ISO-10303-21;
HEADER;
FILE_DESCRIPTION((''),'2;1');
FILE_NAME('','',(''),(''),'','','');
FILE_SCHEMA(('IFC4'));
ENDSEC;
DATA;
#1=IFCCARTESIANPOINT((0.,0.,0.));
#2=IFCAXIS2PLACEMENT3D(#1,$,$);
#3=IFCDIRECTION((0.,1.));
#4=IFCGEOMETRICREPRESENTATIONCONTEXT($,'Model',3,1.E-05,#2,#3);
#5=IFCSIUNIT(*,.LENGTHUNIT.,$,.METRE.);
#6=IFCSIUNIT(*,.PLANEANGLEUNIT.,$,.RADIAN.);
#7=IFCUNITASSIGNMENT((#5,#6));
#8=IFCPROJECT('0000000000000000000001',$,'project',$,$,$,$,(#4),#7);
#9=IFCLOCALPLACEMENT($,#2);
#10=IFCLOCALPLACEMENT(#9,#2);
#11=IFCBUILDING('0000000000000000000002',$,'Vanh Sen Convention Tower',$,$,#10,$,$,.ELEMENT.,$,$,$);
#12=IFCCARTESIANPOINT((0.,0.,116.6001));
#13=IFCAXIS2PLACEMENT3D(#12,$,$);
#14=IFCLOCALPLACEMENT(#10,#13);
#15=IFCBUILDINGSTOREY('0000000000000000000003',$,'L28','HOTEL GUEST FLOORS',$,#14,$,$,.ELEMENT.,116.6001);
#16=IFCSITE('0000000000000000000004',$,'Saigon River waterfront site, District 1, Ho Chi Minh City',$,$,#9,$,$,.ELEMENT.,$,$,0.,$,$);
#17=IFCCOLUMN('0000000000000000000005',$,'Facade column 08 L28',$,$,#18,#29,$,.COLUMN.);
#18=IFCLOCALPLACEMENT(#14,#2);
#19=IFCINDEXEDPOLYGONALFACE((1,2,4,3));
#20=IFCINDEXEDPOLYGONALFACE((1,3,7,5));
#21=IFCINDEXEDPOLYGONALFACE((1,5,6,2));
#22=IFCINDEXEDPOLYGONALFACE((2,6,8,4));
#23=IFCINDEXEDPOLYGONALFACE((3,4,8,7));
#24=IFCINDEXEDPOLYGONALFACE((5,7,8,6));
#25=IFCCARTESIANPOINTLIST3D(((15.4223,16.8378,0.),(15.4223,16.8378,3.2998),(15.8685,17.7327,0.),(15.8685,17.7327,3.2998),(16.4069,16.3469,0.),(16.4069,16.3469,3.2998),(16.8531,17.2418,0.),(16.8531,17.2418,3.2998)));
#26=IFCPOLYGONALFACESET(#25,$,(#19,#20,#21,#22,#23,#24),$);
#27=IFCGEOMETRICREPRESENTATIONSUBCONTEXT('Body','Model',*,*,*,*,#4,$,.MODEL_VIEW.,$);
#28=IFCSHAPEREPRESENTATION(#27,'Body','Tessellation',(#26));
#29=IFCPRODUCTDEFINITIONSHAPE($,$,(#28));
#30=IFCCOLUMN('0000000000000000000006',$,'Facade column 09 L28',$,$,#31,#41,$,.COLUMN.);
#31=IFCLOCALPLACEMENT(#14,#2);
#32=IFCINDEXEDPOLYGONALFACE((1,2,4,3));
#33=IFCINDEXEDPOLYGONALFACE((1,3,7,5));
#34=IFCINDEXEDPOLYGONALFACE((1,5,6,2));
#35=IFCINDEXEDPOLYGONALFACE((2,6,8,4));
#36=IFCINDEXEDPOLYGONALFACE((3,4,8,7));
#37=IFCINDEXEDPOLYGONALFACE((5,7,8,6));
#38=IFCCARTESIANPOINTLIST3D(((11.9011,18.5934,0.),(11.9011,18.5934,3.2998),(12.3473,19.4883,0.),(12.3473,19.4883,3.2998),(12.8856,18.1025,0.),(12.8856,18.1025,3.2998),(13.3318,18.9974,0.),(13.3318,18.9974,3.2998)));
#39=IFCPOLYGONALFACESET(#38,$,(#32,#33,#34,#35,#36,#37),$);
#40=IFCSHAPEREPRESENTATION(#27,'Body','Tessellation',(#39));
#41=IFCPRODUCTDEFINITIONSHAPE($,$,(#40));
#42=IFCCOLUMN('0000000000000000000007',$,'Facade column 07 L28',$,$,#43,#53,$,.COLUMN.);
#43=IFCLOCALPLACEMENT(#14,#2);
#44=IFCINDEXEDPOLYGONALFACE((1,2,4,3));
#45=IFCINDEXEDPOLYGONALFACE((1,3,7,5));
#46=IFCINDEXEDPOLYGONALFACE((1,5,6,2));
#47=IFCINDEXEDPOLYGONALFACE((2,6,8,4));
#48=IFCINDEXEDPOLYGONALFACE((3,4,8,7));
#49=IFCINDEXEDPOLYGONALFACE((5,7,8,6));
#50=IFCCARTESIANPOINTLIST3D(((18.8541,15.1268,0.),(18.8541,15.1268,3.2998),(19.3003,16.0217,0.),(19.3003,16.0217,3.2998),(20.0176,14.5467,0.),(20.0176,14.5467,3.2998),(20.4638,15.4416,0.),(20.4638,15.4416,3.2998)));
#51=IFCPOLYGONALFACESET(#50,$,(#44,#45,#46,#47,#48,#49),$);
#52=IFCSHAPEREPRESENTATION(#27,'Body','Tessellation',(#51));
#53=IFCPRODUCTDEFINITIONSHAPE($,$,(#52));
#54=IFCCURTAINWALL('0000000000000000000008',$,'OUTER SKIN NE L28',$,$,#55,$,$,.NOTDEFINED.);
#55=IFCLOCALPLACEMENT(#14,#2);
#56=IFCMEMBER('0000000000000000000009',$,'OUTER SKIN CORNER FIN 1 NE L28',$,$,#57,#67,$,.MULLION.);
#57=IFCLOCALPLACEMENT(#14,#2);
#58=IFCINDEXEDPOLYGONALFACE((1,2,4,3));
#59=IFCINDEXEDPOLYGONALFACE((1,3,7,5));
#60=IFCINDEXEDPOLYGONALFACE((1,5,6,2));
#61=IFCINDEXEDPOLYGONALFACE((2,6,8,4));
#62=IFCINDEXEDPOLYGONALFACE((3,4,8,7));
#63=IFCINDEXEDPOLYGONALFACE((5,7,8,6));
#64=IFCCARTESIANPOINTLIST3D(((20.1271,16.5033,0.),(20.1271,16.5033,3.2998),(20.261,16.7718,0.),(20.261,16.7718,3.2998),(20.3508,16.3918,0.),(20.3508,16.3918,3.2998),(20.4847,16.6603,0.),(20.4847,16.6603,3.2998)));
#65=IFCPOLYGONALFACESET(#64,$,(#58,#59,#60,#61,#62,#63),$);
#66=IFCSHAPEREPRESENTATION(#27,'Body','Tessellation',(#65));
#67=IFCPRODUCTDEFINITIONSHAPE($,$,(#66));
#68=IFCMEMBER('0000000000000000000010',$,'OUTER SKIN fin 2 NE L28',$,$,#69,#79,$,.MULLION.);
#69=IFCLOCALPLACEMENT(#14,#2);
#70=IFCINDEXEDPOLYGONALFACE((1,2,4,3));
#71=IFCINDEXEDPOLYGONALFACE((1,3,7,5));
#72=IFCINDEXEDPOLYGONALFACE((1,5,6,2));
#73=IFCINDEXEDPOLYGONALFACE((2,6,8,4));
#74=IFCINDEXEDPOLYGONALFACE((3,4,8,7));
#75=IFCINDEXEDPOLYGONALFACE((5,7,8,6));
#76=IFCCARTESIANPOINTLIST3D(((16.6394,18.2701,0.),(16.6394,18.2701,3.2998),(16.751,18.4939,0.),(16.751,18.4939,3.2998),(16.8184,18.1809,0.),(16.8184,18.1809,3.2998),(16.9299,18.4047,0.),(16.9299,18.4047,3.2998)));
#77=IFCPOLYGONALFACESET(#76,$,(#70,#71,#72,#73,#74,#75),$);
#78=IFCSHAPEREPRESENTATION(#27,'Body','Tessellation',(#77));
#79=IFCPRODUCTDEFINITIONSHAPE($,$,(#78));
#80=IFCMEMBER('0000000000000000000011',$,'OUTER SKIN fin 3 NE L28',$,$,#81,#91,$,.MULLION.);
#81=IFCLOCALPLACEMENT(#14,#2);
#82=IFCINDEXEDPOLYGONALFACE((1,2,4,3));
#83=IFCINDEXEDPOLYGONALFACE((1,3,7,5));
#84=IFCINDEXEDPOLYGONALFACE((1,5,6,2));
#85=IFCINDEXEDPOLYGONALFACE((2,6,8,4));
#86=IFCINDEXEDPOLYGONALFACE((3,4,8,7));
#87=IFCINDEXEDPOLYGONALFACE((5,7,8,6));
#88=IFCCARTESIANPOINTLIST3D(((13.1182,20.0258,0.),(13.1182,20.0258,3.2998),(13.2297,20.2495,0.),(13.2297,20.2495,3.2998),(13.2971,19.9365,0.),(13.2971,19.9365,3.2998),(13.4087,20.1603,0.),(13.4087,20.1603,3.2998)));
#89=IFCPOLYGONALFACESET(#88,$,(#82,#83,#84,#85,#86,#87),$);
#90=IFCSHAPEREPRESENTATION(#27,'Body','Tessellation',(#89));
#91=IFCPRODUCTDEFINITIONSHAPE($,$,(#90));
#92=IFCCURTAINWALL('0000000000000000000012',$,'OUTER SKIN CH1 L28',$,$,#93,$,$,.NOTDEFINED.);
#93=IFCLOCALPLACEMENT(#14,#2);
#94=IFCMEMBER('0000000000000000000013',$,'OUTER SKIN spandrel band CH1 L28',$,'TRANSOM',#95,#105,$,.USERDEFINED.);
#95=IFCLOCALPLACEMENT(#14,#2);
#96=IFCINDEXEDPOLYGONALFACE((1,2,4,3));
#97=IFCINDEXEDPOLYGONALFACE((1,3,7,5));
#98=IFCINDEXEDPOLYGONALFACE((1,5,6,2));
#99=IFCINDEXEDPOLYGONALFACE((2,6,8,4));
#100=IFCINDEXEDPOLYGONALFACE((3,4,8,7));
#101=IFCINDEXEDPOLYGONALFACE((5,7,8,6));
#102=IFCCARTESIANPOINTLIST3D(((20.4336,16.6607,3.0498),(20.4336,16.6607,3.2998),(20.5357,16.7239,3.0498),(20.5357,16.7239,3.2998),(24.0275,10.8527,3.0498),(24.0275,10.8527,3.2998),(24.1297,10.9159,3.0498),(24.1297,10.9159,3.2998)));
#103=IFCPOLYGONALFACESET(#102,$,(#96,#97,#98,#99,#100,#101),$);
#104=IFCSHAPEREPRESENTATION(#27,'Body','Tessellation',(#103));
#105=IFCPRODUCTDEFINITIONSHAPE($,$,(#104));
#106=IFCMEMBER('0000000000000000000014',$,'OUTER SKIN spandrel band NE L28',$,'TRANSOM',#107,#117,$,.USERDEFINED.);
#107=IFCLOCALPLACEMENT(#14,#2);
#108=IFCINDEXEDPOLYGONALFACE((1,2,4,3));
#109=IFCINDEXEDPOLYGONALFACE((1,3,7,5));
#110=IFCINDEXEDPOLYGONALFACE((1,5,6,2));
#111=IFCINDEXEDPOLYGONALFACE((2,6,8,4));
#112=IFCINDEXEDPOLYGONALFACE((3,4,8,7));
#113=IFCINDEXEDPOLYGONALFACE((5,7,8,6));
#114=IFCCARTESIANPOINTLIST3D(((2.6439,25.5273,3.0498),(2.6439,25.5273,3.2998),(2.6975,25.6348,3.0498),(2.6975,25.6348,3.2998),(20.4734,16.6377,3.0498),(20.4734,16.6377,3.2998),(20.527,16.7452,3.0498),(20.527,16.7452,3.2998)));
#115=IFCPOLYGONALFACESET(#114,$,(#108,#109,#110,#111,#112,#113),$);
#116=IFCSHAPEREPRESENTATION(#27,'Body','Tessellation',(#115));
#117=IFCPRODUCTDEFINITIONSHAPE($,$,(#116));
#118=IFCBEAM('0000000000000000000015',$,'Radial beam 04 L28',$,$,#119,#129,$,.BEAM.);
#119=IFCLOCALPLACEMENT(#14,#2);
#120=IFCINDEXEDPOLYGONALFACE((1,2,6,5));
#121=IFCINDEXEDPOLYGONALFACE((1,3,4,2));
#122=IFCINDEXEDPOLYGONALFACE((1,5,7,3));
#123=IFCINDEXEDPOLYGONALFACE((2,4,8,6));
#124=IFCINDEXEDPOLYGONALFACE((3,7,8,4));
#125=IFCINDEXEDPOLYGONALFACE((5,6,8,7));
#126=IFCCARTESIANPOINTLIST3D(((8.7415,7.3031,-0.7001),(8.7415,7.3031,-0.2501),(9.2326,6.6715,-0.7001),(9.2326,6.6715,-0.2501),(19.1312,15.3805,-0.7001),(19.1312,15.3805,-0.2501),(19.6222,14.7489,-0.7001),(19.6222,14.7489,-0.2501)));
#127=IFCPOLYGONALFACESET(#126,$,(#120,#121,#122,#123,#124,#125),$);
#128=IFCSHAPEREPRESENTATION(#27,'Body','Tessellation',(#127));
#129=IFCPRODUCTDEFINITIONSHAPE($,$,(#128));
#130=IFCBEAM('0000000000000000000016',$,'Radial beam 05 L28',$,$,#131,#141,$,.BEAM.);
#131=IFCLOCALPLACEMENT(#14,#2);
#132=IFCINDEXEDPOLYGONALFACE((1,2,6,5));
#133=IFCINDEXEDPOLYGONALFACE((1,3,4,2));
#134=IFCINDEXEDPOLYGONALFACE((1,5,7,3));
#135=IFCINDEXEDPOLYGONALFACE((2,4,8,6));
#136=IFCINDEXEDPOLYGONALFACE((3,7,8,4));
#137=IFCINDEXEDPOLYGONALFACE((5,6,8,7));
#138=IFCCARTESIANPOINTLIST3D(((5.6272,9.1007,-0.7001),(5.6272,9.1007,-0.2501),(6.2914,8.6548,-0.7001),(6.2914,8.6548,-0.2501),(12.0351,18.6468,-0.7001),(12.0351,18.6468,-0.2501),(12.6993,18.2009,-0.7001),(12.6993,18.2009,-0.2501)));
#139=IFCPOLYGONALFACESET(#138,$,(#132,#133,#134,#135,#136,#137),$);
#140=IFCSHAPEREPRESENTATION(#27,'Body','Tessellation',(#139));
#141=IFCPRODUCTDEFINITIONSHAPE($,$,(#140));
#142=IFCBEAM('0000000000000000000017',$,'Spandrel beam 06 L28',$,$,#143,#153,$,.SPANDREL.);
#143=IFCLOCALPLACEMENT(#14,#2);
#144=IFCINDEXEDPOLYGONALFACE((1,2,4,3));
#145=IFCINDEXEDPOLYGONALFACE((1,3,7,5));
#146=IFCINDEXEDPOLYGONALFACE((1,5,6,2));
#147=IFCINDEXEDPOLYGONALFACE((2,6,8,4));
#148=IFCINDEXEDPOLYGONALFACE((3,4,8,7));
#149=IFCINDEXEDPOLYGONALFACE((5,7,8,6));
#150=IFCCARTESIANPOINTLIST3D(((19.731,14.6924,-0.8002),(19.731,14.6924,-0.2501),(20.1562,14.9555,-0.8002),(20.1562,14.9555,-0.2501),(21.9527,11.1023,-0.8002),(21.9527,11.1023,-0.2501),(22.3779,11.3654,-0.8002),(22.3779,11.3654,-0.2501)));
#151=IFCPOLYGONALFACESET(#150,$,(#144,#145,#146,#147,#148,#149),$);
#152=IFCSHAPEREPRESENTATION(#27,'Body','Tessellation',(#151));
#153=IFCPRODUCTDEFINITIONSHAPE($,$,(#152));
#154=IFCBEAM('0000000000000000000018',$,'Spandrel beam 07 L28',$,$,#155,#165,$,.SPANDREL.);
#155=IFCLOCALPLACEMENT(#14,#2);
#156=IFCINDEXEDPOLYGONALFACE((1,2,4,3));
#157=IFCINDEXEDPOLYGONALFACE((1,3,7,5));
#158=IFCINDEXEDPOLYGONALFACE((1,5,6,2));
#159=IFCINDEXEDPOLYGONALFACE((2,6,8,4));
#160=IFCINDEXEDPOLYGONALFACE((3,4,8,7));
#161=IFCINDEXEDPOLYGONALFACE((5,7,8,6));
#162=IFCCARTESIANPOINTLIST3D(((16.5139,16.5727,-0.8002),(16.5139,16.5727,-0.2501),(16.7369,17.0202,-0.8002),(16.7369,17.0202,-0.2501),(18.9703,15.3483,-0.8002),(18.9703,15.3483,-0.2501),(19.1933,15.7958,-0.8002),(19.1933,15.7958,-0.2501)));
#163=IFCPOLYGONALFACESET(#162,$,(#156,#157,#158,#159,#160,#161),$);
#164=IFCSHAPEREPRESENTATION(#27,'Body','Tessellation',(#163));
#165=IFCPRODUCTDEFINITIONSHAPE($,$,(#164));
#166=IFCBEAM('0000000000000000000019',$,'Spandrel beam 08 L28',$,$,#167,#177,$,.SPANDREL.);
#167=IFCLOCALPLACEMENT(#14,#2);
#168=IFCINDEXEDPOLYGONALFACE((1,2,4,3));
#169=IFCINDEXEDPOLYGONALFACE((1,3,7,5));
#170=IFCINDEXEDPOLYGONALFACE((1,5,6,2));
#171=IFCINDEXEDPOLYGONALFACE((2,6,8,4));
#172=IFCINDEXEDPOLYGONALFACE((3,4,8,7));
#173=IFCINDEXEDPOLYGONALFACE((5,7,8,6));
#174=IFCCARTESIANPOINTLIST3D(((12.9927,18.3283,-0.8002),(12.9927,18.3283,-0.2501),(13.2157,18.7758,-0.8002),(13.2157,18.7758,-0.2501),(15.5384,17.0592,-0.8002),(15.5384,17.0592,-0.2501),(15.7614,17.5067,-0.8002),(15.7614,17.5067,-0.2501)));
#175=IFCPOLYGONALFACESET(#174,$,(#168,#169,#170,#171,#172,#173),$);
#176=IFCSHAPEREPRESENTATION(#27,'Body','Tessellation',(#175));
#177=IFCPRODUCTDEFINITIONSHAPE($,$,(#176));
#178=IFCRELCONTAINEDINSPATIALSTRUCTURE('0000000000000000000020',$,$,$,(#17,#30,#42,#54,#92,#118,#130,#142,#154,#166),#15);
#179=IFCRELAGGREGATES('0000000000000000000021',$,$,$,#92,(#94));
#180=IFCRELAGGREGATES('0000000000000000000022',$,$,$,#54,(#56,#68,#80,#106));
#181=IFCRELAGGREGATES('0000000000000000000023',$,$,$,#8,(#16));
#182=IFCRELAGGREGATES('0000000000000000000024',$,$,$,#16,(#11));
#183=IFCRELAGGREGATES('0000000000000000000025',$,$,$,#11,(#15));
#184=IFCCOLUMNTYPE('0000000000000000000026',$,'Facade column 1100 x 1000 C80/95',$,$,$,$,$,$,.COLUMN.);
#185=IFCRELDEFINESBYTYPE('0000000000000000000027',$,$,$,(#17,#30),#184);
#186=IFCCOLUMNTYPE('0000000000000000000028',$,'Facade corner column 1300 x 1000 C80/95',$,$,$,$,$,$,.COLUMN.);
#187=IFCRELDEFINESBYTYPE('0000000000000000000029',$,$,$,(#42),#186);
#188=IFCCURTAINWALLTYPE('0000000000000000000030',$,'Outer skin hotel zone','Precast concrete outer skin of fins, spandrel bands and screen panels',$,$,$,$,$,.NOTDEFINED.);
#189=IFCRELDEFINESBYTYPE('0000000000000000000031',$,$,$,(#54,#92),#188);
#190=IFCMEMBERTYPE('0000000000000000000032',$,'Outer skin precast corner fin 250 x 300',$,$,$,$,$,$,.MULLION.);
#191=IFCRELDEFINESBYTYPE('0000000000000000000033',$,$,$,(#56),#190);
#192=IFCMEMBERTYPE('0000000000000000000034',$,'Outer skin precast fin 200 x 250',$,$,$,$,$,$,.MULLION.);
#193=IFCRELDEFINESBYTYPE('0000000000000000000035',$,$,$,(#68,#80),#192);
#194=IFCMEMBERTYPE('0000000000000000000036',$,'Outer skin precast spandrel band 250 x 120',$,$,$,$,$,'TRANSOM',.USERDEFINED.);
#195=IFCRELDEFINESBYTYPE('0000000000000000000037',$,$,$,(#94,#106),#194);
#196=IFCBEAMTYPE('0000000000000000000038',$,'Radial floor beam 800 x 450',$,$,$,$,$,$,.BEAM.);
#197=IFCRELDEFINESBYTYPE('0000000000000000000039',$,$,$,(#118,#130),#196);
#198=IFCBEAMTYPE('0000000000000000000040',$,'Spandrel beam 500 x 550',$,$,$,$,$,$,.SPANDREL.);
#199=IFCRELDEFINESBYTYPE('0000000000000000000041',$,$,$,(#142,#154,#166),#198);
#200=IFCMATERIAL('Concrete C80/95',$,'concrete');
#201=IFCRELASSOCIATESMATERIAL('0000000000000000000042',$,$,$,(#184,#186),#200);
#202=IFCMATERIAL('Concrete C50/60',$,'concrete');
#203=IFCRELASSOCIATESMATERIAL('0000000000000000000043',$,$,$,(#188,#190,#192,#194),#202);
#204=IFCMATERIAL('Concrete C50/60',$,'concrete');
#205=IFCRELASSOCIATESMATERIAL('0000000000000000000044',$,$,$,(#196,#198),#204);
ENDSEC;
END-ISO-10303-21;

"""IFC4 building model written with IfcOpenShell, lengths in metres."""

from ifc_helpers import new_model, si_unit, direction, frame, origin, origin_2d, place, context, subcontext, project, spatial, rectangle, extrude, material, material_profile, profile_set, type_object, element, aggregate, save


model = new_model("IFC4")

# Units and contexts
model_context = context("Model", 3, precision=1e-05, world=origin(), true_north=direction((0.0, 1.0)))
body_context = subcontext(model_context, "Body", "Model", "MODEL_VIEW")
ifc_project = project(units=[si_unit("LENGTHUNIT", "METRE"), si_unit("PLANEANGLEUNIT", "RADIAN")], contexts=[model_context])

# Site, building, storey
site_placement = place(None, origin())
site = spatial("IfcSite", under=ifc_project, at=site_placement, Name="Saigon River waterfront site, District 1, Ho Chi Minh City", CompositionType="ELEMENT", RefElevation=0.0)
building_placement = place(site_placement, origin())
building = spatial("IfcBuilding", under=site, at=building_placement, Name="Vanh Sen Convention Tower", CompositionType="ELEMENT")
storey_placement = place(building_placement, frame((0.0, 0.0, 116.6001)))
storey = spatial("IfcBuildingStorey", under=building, at=storey_placement, Name="L28", Description="HOTEL GUEST FLOORS", CompositionType="ELEMENT", Elevation=116.6001)

# Columns
ifc_material_1 = material(Name="Concrete C80/95", Category="concrete")
ifc_material_profile_1 = material_profile(ifc_material_1, rectangle(XDim=1.1001, YDim=1.0, at=origin_2d()), Name="RC 1100X1000")
ifc_profile_set_1 = profile_set([ifc_material_profile_1], Name="Concrete C80/95")
column_type_1 = type_object("IfcColumnType", Name="Facade column 1100 x 1000 C80/95", PredefinedType="COLUMN", material=ifc_profile_set_1)
for number, where, z_axis, x_axis, name in (
    (1, (16.1377, 17.0398, 0.0), (0.0, 0.0, 1.0), (-0.894934, 0.446198, 0.0), "Facade column 08 L28"),
    (2, (12.6165, 18.7954, 0.0), (0.0, 0.0, 1.0), (-0.894934, 0.446198, 0.0), "Facade column 09 L28"),
):
    element("IfcColumn", number, at=place(storey_placement, frame(where, z_axis=z_axis, x_axis=x_axis)), inside=storey, type_object=column_type_1, Name=name, PredefinedType="COLUMN", context=body_context, shape_type="SweptSolid", body=[
        extrude(rectangle(XDim=1.1001, YDim=1.0, at=origin_2d()), origin(), (0.0, 0.0, 1.0), 3.2998),
    ])
ifc_material_profile_2 = material_profile(ifc_material_1, rectangle(XDim=1.3, YDim=1.0, at=origin_2d()), Name="RC 1300X1000")
ifc_profile_set_2 = profile_set([ifc_material_profile_2], Name="Concrete C80/95")
column_type_2 = type_object("IfcColumnType", Name="Facade corner column 1300 x 1000 C80/95", PredefinedType="COLUMN", material=ifc_profile_set_2)
column_placement = place(storey_placement, frame((19.6589, 15.2842, 0.0), z_axis=(0.0, 0.0, 1.0), x_axis=(-0.894934, 0.446198, 0.0)))
element("IfcColumn", 3, at=column_placement, inside=storey, type_object=column_type_2, Name="Facade column 07 L28", PredefinedType="COLUMN", context=body_context, shape_type="SweptSolid", body=[
    extrude(rectangle(XDim=1.3, YDim=1.0, at=origin_2d()), origin(), (0.0, 0.0, 1.0), 3.2998),
])

# Curtain wall, members
ifc_material_2 = material(Name="Concrete C50/60", Category="concrete")
curtain_wall_type = type_object("IfcCurtainWallType", Name="Outer skin hotel zone", Description="Precast concrete outer skin of fins, spandrel bands and screen panels", PredefinedType="NOTDEFINED", material=ifc_material_2)
curtain_wall_1_placement = place(storey_placement, origin())
curtain_wall_1 = element("IfcCurtainWall", 4, at=curtain_wall_1_placement, inside=storey, type_object=curtain_wall_type, Name="OUTER SKIN NE L28", PredefinedType="NOTDEFINED")
ifc_material_profile_3 = material_profile(ifc_material_2, rectangle(XDim=0.25, YDim=0.3, at=origin_2d()), Name="Outer skin precast corner fin 250 x 300")
ifc_profile_set_3 = profile_set([ifc_material_profile_3], Name="Concrete C50/60")
member_type_1 = type_object("IfcMemberType", Name="Outer skin precast corner fin 250 x 300", PredefinedType="MULLION", material=ifc_profile_set_3)
member_1_placement = place(storey_placement, frame((20.3059, 16.5818, 0.0), z_axis=(0.0, 0.0, 1.0), x_axis=(-0.894934, 0.446198, 0.0)))
member_1 = element("IfcMember", 5, at=member_1_placement, type_object=member_type_1, Name="OUTER SKIN CORNER FIN 1 NE L28", PredefinedType="MULLION", context=body_context, shape_type="SweptSolid", body=[
    extrude(rectangle(XDim=0.25, YDim=0.3, at=origin_2d()), origin(), (0.0, 0.0, 1.0), 3.2998),
])
ifc_material_profile_4 = material_profile(ifc_material_2, rectangle(XDim=0.2, YDim=0.25, at=origin_2d()), Name="Outer skin precast fin 200 x 250")
ifc_profile_set_4 = profile_set([ifc_material_profile_4], Name="Concrete C50/60")
member_type_2 = type_object("IfcMemberType", Name="Outer skin precast fin 200 x 250", PredefinedType="MULLION", material=ifc_profile_set_4)
member_2_placement = place(storey_placement, frame((16.7847, 18.3374, 0.0), z_axis=(0.0, 0.0, 1.0), x_axis=(-0.894934, 0.446198, 0.0)))
member_2 = element("IfcMember", 6, at=member_2_placement, type_object=member_type_2, Name="OUTER SKIN fin 2 NE L28", PredefinedType="MULLION", context=body_context, shape_type="SweptSolid", body=[
    extrude(rectangle(XDim=0.2, YDim=0.25, at=origin_2d()), origin(), (0.0, 0.0, 1.0), 3.2998),
])
member_3_placement = place(storey_placement, frame((13.2634, 20.093, 0.0), z_axis=(0.0, 0.0, 1.0), x_axis=(-0.894934, 0.446198, 0.0)))
member_3 = element("IfcMember", 7, at=member_3_placement, type_object=member_type_2, Name="OUTER SKIN fin 3 NE L28", PredefinedType="MULLION", context=body_context, shape_type="SweptSolid", body=[
    extrude(rectangle(XDim=0.2, YDim=0.25, at=origin_2d()), origin(), (0.0, 0.0, 1.0), 3.2998),
])

# Curtain wall, member
curtain_wall_2_placement = place(storey_placement, origin())
curtain_wall_2 = element("IfcCurtainWall", 8, at=curtain_wall_2_placement, inside=storey, type_object=curtain_wall_type, Name="OUTER SKIN CH1 L28", PredefinedType="NOTDEFINED")
ifc_material_profile_5 = material_profile(ifc_material_2, rectangle(XDim=0.1201, YDim=0.25, at=origin_2d()), Name="Outer skin precast spandrel band 250 x 120")
ifc_profile_set_5 = profile_set([ifc_material_profile_5], Name="Concrete C50/60")
member_type_3 = type_object("IfcMemberType", Name="Outer skin precast spandrel band 250 x 120", ElementType="TRANSOM", PredefinedType="USERDEFINED", material=ifc_profile_set_5)
member_4_placement = place(storey_placement, frame((24.0786, 10.8843, 3.1748), z_axis=(-0.526196, 0.850363, 0.0), x_axis=(-0.850363, -0.526196, 0.0)))
member_4 = element("IfcMember", 9, at=member_4_placement, type_object=member_type_3, Name="OUTER SKIN spandrel band CH1 L28", ObjectType="TRANSOM", PredefinedType="USERDEFINED", context=body_context, shape_type="SweptSolid", body=[
    extrude(rectangle(XDim=0.1201, YDim=0.25, at=origin_2d()), origin(), (0.0, 0.0, 1.0), 6.8301),
])

# Member
member_5_placement = place(storey_placement, frame((20.5002, 16.6914, 3.1748), z_axis=(-0.894931, 0.446204, 0.0), x_axis=(-0.446204, -0.894931, 0.0)))
member_5 = element("IfcMember", 10, at=member_5_placement, type_object=member_type_3, Name="OUTER SKIN spandrel band NE L28", ObjectType="TRANSOM", PredefinedType="USERDEFINED", context=body_context, shape_type="SweptSolid", body=[
    extrude(rectangle(XDim=0.1201, YDim=0.25, at=origin_2d()), origin(), (0.0, 0.0, 1.0), 19.9229),
])

# Beams
ifc_material_3 = material(Name="Concrete C50/60", Category="concrete")
ifc_material_profile_6 = material_profile(ifc_material_3, rectangle(XDim=0.8, YDim=0.45, at=origin_2d()), Name="RC 800X450")
ifc_profile_set_6 = profile_set([ifc_material_profile_6], Name="Concrete C50/60")
beam_type_1 = type_object("IfcBeamType", Name="Radial floor beam 800 x 450", PredefinedType="BEAM", material=ifc_profile_set_6)
beam_1_placement = place(storey_placement, frame((19.3767, 15.0647, -0.4751), z_axis=(-0.789479, -0.613777, 0.0), x_axis=(0.613777, -0.789479, 0.0)))
element("IfcBeam", 11, at=beam_1_placement, inside=storey, type_object=beam_type_1, Name="Radial beam 04 L28", PredefinedType="BEAM", context=body_context, shape_type="SweptSolid", body=[
    extrude(rectangle(XDim=0.8, YDim=0.45, at=origin_2d()), origin(), (0.0, 0.0, 1.0), 13.1602),
])
beam_2_placement = place(storey_placement, frame((12.3672, 18.4238, -0.4751), z_axis=(-0.557339, -0.830285, 0.0), x_axis=(0.830285, -0.557339, 0.0)))
element("IfcBeam", 12, at=beam_2_placement, inside=storey, type_object=beam_type_1, Name="Radial beam 05 L28", PredefinedType="BEAM", context=body_context, shape_type="SweptSolid", body=[
    extrude(rectangle(XDim=0.8, YDim=0.45, at=origin_2d()), origin(), (0.0, 0.0, 1.0), 11.4973),
])
ifc_material_profile_7 = material_profile(ifc_material_3, rectangle(XDim=0.5, YDim=0.55, at=origin_2d()), Name="RC 500X550")
ifc_profile_set_7 = profile_set([ifc_material_profile_7], Name="Concrete C50/60")
beam_type_2 = type_object("IfcBeamType", Name="Spandrel beam 500 x 550", PredefinedType="SPANDREL", material=ifc_profile_set_7)
beam_3_placement = place(storey_placement, frame((22.1653, 11.2339, -0.5251), z_axis=(-0.526225, 0.850345, 0.0), x_axis=(-0.850345, -0.526225, 0.0)))
element("IfcBeam", 13, at=beam_3_placement, inside=storey, type_object=beam_type_2, Name="Spandrel beam 06 L28", PredefinedType="SPANDREL", context=body_context, shape_type="SweptSolid", body=[
    extrude(rectangle(XDim=0.5, YDim=0.55, at=origin_2d()), origin(), (0.0, 0.0, 1.0), 4.2219),
])
beam_4_placement = place(storey_placement, frame((19.0818, 15.572, -0.5251), z_axis=(-0.894978, 0.44611, 0.0), x_axis=(-0.44611, -0.894978, 0.0)))
element("IfcBeam", 14, at=beam_4_placement, inside=storey, type_object=beam_type_2, Name="Spandrel beam 07 L28", PredefinedType="SPANDREL", context=body_context, shape_type="SweptSolid", body=[
    extrude(rectangle(XDim=0.5, YDim=0.55, at=origin_2d()), origin(), (0.0, 0.0, 1.0), 2.7446),
])
beam_5_placement = place(storey_placement, frame((15.6499, 17.283, -0.5251), z_axis=(-0.894959, 0.446149, 0.0), x_axis=(-0.446149, -0.894959, 0.0)))
element("IfcBeam", 15, at=beam_5_placement, inside=storey, type_object=beam_type_2, Name="Spandrel beam 08 L28", PredefinedType="SPANDREL", context=body_context, shape_type="SweptSolid", body=[
    extrude(rectangle(XDim=0.5, YDim=0.55, at=origin_2d()), origin(), (0.0, 0.0, 1.0), 2.8445),
])

aggregate(curtain_wall_2, [member_4])
aggregate(curtain_wall_1, [member_1, member_2, member_3, member_5])

save(model, "model.ifc")
